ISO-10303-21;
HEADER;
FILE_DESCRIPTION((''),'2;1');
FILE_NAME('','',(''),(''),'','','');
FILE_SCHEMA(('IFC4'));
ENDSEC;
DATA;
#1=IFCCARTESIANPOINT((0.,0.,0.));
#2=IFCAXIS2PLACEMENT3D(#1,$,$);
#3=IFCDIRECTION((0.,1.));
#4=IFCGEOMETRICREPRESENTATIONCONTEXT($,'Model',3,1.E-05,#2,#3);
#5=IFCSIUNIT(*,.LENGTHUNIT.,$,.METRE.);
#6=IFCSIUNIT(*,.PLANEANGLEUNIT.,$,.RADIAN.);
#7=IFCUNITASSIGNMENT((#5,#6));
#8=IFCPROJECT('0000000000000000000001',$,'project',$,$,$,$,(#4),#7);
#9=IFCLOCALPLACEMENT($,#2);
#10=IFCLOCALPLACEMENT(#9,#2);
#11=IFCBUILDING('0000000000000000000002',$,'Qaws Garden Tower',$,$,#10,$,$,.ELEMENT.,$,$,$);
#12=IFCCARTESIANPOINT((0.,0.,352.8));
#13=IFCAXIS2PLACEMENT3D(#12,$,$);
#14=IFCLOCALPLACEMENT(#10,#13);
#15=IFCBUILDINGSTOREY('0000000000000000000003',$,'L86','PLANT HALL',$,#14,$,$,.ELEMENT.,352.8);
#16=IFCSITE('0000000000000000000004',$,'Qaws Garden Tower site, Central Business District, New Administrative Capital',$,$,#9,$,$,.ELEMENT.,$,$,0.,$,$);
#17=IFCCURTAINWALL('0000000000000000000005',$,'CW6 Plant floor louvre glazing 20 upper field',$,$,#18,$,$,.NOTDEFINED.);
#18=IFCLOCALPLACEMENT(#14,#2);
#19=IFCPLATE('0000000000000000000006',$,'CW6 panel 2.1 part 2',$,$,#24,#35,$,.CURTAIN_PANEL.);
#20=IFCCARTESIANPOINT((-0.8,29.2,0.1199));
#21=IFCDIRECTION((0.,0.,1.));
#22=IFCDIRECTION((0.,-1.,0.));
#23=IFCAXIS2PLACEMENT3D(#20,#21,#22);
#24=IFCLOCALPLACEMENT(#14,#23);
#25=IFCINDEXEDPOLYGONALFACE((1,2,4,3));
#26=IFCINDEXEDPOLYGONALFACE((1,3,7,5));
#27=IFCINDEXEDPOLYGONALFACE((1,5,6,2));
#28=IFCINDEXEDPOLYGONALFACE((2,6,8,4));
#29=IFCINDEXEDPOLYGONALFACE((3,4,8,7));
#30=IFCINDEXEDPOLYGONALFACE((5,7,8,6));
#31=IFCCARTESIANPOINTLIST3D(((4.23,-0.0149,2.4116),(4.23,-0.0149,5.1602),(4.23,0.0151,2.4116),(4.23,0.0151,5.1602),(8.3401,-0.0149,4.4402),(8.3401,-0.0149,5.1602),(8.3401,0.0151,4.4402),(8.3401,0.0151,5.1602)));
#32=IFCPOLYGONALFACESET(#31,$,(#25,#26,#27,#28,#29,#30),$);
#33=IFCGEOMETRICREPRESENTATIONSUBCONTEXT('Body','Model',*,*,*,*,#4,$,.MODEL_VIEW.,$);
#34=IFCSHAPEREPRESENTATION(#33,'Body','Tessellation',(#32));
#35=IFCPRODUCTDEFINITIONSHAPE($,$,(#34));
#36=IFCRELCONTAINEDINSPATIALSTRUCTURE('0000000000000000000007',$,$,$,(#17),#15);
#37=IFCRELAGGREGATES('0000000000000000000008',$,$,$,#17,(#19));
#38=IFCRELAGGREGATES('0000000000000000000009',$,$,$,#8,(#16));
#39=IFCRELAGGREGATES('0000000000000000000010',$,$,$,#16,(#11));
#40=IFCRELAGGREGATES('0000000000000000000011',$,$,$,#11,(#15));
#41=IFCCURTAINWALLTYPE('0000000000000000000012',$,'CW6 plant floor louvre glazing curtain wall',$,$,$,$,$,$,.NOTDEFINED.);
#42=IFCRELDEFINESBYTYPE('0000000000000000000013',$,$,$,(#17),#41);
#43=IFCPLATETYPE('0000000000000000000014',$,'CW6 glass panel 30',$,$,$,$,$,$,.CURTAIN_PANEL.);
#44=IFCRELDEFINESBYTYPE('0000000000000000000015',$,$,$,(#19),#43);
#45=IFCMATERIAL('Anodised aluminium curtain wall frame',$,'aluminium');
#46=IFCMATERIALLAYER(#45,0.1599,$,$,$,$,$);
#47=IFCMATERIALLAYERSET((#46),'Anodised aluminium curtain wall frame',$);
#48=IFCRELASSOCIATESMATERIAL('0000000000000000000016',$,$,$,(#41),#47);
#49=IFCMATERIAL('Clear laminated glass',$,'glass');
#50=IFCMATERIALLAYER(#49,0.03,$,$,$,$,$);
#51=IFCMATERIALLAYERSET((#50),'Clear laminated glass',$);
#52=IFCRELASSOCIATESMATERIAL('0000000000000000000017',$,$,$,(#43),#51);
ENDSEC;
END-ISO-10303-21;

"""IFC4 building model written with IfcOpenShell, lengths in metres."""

from ifc_helpers import new_model, si_unit, direction, frame, origin, place, context, subcontext, project, spatial, polyline, outline, extrude, material, layer, layer_set, type_object, element, aggregate, save


model = new_model("IFC4")

# Units and contexts
model_context = context("Model", 3, precision=1e-05, world=origin(), true_north=direction((0.0, 1.0)))
body_context = subcontext(model_context, "Body", "Model", "MODEL_VIEW")
ifc_project = project(units=[si_unit("LENGTHUNIT", "METRE"), si_unit("PLANEANGLEUNIT", "RADIAN")], contexts=[model_context])

# Site, building, storey
site_placement = place(None, origin())
site = spatial("IfcSite", under=ifc_project, at=site_placement, Name="Qaws Garden Tower site, Central Business District, New Administrative Capital", CompositionType="ELEMENT", RefElevation=0.0)
building_placement = place(site_placement, origin())
building = spatial("IfcBuilding", under=site, at=building_placement, Name="Qaws Garden Tower", CompositionType="ELEMENT")
storey_placement = place(building_placement, frame((0.0, 0.0, 352.8)))
storey = spatial("IfcBuildingStorey", under=building, at=storey_placement, Name="L86", Description="PLANT HALL", CompositionType="ELEMENT", Elevation=352.8)

# Shared definitions
ifc_material_1 = material(Name="Anodised aluminium curtain wall frame", Category="aluminium")
ifc_layer_1 = layer(ifc_material_1, 0.1599)
ifc_layer_set_1 = layer_set([ifc_layer_1], Name="Anodised aluminium curtain wall frame")
curtain_wall_type = type_object("IfcCurtainWallType", Name="CW6 plant floor louvre glazing curtain wall", PredefinedType="NOTDEFINED", material=ifc_layer_set_1)
placement_1 = place(storey_placement, origin())

# Shared definitions
placement_2 = place(storey_placement, frame((-0.8, 29.2, 0.1199), z_axis=(0.0, 0.0, 1.0), x_axis=(0.0, -1.0, 0.0)))

# Shared definitions
ifc_material_2 = material(Name="Clear laminated glass", Category="glass")
ifc_layer_2 = layer(ifc_material_2, 0.03)
ifc_layer_set_2 = layer_set([ifc_layer_2], Name="Clear laminated glass")
plate_type = type_object("IfcPlateType", Name="CW6 glass panel 30", PredefinedType="CURTAIN_PANEL", material=ifc_layer_set_2)

# Curtain wall, plate
curtain_wall_1 = element("IfcCurtainWall", 1, at=placement_1, inside=storey, type_object=curtain_wall_type, Name="CW6 Plant floor louvre glazing 20 upper field", PredefinedType="NOTDEFINED")
plate_1 = element("IfcPlate", 2, at=placement_2, type_object=plate_type, Name="CW6 panel 2.1 part 2", PredefinedType="CURTAIN_PANEL", context=body_context, shape_type="SweptSolid", body=[
    extrude(outline(polyline([(4.23, 5.1602), (4.23, 2.4116), (8.3401, 4.4402), (8.3401, 5.1602), (4.23, 5.1602)])), frame((0.0, 0.0151, 0.0), z_axis=(0.0, -1.0, 0.0), x_axis=(1.0, 0.0, 0.0)), (0.0, 0.0, 1.0), 0.03),
])
aggregate(curtain_wall_1, [plate_1])

save(model, "model.ifc")
